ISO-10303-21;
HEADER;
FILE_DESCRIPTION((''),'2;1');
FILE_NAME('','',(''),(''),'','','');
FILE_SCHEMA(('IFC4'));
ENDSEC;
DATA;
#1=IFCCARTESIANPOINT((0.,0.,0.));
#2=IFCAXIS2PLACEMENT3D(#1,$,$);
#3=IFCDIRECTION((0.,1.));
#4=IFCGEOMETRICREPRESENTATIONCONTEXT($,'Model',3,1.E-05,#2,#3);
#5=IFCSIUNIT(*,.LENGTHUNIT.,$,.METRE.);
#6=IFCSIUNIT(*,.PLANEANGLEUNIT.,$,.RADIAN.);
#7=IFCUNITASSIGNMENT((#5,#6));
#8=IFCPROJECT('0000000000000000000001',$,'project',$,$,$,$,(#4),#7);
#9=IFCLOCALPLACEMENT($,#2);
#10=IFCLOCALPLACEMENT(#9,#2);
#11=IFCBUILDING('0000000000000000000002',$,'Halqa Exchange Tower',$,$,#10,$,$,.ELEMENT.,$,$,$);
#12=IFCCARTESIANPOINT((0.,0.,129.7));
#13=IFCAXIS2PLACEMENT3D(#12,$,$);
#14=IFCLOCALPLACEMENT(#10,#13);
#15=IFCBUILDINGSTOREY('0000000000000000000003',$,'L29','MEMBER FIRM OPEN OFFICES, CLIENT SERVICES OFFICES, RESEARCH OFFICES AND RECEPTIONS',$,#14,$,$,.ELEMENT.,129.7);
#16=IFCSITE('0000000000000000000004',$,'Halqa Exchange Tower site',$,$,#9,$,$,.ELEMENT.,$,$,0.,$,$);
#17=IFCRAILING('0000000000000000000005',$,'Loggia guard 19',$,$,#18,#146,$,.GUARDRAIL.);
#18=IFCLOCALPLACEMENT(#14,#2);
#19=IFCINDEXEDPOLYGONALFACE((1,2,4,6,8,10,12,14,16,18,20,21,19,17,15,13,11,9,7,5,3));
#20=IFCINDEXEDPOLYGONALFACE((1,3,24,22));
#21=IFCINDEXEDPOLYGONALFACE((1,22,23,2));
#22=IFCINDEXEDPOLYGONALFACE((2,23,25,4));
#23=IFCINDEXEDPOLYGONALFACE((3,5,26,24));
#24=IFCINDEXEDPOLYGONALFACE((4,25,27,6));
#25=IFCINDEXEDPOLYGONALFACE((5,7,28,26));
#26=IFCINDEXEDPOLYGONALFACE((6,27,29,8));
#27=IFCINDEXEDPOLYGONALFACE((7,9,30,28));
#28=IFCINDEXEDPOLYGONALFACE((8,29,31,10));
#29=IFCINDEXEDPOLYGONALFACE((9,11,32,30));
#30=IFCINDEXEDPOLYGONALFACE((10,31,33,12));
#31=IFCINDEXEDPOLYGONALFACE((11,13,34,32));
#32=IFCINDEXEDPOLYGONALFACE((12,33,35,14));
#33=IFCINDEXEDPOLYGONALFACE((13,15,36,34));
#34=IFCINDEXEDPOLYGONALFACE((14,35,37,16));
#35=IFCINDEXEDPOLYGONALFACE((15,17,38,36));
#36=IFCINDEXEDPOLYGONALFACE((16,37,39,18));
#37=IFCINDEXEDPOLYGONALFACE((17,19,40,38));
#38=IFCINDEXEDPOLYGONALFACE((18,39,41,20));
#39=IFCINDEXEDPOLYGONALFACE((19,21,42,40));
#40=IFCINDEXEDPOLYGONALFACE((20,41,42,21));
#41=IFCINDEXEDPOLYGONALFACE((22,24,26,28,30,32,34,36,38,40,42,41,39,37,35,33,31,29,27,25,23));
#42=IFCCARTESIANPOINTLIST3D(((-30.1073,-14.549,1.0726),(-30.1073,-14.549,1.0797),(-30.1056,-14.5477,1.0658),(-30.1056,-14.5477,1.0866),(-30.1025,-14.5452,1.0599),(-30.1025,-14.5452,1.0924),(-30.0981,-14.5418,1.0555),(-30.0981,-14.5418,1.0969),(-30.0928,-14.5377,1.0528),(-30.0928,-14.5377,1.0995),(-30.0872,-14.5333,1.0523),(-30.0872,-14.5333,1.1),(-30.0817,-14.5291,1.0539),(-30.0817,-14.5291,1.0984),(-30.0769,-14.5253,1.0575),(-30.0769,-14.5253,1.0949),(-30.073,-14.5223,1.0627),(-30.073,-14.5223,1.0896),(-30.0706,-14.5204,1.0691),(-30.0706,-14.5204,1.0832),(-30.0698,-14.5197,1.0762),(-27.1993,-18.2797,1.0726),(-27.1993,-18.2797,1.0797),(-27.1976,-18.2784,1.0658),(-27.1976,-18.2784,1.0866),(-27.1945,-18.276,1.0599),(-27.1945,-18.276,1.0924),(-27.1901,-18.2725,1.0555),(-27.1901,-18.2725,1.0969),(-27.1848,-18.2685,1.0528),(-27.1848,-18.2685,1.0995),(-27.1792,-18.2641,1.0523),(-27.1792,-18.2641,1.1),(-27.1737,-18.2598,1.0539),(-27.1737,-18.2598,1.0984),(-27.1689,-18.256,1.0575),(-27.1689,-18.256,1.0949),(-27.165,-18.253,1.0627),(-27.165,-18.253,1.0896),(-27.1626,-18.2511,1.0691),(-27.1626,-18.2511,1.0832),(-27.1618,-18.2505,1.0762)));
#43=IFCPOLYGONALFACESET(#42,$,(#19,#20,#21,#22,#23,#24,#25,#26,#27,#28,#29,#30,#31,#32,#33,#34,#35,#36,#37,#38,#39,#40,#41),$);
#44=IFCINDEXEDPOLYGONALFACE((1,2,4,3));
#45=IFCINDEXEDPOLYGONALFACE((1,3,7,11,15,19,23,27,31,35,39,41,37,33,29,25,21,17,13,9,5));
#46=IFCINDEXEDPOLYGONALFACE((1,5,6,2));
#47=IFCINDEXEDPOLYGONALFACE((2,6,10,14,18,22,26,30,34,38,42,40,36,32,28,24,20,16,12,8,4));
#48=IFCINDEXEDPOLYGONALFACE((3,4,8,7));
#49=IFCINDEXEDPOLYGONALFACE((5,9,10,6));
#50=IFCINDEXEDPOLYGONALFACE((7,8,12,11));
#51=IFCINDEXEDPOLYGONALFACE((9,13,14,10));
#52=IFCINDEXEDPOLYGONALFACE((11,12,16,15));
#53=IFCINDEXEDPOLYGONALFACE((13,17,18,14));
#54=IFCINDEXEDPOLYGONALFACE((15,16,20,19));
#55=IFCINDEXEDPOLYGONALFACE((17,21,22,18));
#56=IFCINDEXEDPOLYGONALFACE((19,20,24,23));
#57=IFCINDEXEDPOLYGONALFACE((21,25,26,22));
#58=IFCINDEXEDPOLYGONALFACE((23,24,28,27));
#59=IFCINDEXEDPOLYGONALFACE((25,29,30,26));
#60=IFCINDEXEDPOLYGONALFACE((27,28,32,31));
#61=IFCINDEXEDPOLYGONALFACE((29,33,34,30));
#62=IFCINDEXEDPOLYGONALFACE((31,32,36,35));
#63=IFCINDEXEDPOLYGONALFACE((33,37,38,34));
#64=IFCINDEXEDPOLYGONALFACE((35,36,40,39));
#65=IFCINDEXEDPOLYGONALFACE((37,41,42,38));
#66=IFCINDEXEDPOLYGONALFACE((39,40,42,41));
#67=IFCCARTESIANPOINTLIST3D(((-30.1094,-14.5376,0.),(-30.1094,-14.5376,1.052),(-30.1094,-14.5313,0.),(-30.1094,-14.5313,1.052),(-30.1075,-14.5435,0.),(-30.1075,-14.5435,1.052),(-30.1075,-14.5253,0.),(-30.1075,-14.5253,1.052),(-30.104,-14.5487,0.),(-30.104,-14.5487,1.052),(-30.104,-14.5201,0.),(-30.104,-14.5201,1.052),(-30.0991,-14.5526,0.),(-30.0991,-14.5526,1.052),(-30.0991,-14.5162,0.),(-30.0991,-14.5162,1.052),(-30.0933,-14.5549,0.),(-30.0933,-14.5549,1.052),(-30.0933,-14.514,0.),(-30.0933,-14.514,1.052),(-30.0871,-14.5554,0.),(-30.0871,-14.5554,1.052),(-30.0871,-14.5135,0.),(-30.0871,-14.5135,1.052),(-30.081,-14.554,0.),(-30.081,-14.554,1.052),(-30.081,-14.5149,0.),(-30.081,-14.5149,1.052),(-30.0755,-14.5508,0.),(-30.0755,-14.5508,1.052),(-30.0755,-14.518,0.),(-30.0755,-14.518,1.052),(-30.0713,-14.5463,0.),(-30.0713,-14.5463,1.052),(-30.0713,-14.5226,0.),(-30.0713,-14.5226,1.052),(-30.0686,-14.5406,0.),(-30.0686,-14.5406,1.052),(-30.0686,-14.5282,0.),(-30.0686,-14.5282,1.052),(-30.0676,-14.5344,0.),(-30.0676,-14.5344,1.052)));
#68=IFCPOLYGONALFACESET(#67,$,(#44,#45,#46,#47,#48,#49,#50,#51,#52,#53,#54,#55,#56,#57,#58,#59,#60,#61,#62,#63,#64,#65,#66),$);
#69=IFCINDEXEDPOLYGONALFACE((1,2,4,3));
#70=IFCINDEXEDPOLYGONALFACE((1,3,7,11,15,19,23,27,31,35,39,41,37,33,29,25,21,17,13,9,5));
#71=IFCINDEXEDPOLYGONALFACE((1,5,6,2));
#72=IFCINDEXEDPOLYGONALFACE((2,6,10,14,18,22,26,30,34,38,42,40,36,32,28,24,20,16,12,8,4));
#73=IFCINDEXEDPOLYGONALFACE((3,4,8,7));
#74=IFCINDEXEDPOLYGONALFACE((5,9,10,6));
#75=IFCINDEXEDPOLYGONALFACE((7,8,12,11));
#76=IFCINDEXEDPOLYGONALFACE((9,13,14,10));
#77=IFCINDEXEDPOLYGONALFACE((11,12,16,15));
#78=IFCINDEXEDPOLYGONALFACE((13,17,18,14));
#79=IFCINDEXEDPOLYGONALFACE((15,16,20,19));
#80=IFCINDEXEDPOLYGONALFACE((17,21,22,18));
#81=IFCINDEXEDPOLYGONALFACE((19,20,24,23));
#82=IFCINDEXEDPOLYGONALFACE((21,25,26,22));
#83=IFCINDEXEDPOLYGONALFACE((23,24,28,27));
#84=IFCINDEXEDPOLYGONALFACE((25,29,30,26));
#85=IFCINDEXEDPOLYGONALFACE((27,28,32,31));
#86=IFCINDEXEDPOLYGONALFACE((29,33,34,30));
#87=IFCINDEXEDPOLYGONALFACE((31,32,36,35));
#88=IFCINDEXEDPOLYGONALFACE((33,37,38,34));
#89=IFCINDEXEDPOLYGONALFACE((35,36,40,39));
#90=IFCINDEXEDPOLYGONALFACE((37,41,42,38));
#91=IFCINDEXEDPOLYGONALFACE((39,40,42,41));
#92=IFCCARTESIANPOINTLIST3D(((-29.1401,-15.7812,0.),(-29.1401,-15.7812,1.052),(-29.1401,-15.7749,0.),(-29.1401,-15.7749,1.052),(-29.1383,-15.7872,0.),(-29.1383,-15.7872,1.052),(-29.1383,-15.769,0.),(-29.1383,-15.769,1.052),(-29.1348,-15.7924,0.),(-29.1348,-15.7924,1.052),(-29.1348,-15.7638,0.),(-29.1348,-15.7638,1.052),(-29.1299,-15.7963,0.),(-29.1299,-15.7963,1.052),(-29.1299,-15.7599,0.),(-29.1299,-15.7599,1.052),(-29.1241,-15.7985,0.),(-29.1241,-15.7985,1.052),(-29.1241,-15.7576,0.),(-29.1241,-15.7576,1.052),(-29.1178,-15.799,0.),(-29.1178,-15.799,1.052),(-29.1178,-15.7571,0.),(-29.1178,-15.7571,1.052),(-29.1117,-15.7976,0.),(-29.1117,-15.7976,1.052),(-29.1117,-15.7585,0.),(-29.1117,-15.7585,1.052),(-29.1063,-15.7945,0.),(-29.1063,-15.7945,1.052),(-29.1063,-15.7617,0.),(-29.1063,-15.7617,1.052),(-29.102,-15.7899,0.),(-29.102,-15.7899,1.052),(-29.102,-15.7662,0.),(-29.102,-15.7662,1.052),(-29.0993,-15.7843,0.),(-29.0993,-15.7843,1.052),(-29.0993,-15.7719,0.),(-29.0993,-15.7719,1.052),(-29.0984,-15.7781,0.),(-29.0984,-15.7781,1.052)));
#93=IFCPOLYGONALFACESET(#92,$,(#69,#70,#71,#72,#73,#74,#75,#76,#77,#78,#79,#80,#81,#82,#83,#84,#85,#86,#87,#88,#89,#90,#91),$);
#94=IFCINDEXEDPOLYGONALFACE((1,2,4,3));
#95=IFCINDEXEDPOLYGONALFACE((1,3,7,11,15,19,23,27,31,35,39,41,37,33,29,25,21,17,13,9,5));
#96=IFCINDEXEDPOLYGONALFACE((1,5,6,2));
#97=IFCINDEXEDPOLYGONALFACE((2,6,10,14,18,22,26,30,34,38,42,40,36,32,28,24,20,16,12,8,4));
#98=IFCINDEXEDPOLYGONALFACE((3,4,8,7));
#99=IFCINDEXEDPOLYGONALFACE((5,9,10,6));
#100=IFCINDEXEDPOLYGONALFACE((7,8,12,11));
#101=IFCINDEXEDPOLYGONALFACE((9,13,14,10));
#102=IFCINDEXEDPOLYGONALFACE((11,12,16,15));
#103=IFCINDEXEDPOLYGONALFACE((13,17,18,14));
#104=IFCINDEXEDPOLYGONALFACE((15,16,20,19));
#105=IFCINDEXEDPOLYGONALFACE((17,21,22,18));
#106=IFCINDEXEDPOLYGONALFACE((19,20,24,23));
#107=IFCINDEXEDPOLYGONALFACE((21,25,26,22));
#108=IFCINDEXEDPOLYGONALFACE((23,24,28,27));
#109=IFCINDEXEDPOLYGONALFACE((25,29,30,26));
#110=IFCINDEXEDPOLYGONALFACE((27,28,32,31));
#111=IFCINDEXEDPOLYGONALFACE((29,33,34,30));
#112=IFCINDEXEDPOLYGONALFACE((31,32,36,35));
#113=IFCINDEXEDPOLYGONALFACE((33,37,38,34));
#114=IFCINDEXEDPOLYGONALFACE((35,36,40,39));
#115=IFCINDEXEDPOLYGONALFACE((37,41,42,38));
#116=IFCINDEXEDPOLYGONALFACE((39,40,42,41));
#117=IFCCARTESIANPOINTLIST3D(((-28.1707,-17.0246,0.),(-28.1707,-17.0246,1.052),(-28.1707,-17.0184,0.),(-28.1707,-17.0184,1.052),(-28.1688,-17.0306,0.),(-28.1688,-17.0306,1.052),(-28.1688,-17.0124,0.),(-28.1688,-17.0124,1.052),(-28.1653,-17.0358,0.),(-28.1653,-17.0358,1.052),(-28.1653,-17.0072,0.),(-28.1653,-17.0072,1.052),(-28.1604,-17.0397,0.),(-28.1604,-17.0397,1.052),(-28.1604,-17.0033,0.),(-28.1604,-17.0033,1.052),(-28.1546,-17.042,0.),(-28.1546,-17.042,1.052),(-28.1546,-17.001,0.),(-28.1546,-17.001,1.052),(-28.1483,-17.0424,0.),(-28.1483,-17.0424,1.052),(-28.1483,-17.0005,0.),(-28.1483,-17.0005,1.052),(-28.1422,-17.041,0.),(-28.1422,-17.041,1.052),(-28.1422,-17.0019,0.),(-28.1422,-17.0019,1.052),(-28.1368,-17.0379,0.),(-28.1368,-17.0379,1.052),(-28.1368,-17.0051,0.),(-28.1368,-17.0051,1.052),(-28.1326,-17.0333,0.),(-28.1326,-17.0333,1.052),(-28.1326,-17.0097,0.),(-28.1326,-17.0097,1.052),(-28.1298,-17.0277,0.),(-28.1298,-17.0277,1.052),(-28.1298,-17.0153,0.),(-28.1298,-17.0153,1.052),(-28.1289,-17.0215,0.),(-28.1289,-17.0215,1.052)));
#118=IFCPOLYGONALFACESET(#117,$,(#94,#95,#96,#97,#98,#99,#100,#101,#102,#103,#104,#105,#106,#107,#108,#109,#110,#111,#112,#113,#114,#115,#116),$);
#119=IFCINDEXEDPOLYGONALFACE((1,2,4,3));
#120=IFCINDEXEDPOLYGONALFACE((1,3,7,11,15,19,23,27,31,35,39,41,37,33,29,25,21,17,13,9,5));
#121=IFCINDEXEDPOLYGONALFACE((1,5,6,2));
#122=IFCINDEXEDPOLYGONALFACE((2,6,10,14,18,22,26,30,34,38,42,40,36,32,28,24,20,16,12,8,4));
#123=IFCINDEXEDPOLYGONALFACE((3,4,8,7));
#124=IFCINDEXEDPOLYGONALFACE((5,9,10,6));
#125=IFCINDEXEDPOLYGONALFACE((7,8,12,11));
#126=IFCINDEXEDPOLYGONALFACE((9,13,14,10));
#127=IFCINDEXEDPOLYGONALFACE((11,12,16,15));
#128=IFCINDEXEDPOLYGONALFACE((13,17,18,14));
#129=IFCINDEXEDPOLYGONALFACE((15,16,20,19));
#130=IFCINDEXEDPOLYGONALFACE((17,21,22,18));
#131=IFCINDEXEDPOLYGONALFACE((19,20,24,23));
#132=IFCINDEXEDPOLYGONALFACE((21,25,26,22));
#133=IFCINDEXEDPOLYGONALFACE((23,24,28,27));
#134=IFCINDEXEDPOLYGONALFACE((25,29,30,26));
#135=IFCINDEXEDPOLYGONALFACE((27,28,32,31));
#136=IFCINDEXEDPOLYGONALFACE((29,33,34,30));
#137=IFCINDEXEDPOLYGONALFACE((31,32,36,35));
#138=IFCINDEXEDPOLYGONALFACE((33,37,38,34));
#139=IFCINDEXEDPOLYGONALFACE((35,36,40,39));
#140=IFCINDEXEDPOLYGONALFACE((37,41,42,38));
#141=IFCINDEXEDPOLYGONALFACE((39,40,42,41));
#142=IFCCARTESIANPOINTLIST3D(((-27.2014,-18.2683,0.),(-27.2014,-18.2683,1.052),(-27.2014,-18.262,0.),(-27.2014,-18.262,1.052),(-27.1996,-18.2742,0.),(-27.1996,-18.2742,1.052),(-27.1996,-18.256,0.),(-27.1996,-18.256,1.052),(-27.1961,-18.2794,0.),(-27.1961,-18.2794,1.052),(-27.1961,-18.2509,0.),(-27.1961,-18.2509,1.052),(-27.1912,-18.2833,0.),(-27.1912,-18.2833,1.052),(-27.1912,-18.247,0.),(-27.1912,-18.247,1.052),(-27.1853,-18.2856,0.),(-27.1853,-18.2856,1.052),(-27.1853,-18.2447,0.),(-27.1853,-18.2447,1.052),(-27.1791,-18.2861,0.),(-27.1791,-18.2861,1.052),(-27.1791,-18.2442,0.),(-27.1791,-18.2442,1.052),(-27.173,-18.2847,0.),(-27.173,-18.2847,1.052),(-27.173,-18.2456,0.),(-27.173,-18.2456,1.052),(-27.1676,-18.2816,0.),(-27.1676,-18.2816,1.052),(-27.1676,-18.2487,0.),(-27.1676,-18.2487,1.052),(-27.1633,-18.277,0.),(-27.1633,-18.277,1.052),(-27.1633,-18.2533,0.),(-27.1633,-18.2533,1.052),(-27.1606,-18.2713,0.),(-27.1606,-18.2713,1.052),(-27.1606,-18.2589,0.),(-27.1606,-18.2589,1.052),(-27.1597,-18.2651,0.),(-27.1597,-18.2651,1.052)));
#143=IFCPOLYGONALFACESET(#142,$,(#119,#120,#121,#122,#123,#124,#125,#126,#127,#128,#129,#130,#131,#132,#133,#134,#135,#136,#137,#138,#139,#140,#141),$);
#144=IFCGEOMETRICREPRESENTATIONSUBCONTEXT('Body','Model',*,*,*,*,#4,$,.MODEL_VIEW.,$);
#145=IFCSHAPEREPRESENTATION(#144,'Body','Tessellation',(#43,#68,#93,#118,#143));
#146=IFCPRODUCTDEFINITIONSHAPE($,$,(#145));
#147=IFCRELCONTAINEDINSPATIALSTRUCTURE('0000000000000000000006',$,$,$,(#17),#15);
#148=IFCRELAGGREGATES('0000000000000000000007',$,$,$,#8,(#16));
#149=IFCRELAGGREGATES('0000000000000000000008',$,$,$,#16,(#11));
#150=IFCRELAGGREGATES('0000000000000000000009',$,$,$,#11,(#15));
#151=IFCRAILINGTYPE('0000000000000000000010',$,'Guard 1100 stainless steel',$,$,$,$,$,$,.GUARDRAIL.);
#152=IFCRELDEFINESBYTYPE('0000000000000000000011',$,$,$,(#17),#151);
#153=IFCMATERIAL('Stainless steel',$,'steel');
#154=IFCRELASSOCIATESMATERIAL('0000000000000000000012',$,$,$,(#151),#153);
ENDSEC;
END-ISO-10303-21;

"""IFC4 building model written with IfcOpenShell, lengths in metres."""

from ifc_helpers import new_model, si_unit, direction, frame, origin, origin_2d, place, context, subcontext, project, spatial, circle, extrude, material, type_object, element, save


model = new_model("IFC4")

# Units and contexts
model_context = context("Model", 3, precision=1e-05, world=origin(), true_north=direction((0.0, 1.0)))
body_context = subcontext(model_context, "Body", "Model", "MODEL_VIEW")
ifc_project = project(units=[si_unit("LENGTHUNIT", "METRE"), si_unit("PLANEANGLEUNIT", "RADIAN")], contexts=[model_context])

# Site, building, storey
site_placement = place(None, origin())
site = spatial("IfcSite", under=ifc_project, at=site_placement, Name="Halqa Exchange Tower site", CompositionType="ELEMENT", RefElevation=0.0)
building_placement = place(site_placement, origin())
building = spatial("IfcBuilding", under=site, at=building_placement, Name="Halqa Exchange Tower", CompositionType="ELEMENT")
storey_placement = place(building_placement, frame((0.0, 0.0, 129.7)))
storey = spatial("IfcBuildingStorey", under=building, at=storey_placement, Name="L29", Description="MEMBER FIRM OPEN OFFICES, CLIENT SERVICES OFFICES, RESEARCH OFFICES AND RECEPTIONS", CompositionType="ELEMENT", Elevation=129.7)

# Railing
ifc_material_1 = material(Name="Stainless steel", Category="steel")
railing_type = type_object("IfcRailingType", Name="Guard 1100 stainless steel", PredefinedType="GUARDRAIL", material=ifc_material_1)
railing_1_placement = place(storey_placement, frame((-30.0886, -14.5344, 0.0)))
element("IfcRailing", 1, at=railing_1_placement, inside=storey, type_object=railing_type, Name="Loggia guard 19", PredefinedType="GUARDRAIL", context=body_context, shape_type="SweptSolid", body=[
    extrude(circle(Radius=0.0239, at=origin_2d()), frame((0.0, 0.0, 1.0762), z_axis=(0.614769, -0.788707, 0.0), x_axis=(0.788707, 0.614769, 0.0)), (0.0, 0.0, 1.0), 4.7302),
    extrude(circle(Radius=0.021, at=origin_2d()), origin(), (0.0, 0.0, 1.0), 1.052),
    extrude(circle(Radius=0.021, at=origin_2d()), frame((0.9692, -1.2437, 0.0)), (0.0, 0.0, 1.0), 1.052),
    extrude(circle(Radius=0.021, at=origin_2d()), frame((1.9387, -2.4871, 0.0)), (0.0, 0.0, 1.0), 1.052),
    extrude(circle(Radius=0.021, at=origin_2d()), frame((2.908, -3.7307, 0.0)), (0.0, 0.0, 1.0), 1.052),
])

save(model, "model.ifc")
